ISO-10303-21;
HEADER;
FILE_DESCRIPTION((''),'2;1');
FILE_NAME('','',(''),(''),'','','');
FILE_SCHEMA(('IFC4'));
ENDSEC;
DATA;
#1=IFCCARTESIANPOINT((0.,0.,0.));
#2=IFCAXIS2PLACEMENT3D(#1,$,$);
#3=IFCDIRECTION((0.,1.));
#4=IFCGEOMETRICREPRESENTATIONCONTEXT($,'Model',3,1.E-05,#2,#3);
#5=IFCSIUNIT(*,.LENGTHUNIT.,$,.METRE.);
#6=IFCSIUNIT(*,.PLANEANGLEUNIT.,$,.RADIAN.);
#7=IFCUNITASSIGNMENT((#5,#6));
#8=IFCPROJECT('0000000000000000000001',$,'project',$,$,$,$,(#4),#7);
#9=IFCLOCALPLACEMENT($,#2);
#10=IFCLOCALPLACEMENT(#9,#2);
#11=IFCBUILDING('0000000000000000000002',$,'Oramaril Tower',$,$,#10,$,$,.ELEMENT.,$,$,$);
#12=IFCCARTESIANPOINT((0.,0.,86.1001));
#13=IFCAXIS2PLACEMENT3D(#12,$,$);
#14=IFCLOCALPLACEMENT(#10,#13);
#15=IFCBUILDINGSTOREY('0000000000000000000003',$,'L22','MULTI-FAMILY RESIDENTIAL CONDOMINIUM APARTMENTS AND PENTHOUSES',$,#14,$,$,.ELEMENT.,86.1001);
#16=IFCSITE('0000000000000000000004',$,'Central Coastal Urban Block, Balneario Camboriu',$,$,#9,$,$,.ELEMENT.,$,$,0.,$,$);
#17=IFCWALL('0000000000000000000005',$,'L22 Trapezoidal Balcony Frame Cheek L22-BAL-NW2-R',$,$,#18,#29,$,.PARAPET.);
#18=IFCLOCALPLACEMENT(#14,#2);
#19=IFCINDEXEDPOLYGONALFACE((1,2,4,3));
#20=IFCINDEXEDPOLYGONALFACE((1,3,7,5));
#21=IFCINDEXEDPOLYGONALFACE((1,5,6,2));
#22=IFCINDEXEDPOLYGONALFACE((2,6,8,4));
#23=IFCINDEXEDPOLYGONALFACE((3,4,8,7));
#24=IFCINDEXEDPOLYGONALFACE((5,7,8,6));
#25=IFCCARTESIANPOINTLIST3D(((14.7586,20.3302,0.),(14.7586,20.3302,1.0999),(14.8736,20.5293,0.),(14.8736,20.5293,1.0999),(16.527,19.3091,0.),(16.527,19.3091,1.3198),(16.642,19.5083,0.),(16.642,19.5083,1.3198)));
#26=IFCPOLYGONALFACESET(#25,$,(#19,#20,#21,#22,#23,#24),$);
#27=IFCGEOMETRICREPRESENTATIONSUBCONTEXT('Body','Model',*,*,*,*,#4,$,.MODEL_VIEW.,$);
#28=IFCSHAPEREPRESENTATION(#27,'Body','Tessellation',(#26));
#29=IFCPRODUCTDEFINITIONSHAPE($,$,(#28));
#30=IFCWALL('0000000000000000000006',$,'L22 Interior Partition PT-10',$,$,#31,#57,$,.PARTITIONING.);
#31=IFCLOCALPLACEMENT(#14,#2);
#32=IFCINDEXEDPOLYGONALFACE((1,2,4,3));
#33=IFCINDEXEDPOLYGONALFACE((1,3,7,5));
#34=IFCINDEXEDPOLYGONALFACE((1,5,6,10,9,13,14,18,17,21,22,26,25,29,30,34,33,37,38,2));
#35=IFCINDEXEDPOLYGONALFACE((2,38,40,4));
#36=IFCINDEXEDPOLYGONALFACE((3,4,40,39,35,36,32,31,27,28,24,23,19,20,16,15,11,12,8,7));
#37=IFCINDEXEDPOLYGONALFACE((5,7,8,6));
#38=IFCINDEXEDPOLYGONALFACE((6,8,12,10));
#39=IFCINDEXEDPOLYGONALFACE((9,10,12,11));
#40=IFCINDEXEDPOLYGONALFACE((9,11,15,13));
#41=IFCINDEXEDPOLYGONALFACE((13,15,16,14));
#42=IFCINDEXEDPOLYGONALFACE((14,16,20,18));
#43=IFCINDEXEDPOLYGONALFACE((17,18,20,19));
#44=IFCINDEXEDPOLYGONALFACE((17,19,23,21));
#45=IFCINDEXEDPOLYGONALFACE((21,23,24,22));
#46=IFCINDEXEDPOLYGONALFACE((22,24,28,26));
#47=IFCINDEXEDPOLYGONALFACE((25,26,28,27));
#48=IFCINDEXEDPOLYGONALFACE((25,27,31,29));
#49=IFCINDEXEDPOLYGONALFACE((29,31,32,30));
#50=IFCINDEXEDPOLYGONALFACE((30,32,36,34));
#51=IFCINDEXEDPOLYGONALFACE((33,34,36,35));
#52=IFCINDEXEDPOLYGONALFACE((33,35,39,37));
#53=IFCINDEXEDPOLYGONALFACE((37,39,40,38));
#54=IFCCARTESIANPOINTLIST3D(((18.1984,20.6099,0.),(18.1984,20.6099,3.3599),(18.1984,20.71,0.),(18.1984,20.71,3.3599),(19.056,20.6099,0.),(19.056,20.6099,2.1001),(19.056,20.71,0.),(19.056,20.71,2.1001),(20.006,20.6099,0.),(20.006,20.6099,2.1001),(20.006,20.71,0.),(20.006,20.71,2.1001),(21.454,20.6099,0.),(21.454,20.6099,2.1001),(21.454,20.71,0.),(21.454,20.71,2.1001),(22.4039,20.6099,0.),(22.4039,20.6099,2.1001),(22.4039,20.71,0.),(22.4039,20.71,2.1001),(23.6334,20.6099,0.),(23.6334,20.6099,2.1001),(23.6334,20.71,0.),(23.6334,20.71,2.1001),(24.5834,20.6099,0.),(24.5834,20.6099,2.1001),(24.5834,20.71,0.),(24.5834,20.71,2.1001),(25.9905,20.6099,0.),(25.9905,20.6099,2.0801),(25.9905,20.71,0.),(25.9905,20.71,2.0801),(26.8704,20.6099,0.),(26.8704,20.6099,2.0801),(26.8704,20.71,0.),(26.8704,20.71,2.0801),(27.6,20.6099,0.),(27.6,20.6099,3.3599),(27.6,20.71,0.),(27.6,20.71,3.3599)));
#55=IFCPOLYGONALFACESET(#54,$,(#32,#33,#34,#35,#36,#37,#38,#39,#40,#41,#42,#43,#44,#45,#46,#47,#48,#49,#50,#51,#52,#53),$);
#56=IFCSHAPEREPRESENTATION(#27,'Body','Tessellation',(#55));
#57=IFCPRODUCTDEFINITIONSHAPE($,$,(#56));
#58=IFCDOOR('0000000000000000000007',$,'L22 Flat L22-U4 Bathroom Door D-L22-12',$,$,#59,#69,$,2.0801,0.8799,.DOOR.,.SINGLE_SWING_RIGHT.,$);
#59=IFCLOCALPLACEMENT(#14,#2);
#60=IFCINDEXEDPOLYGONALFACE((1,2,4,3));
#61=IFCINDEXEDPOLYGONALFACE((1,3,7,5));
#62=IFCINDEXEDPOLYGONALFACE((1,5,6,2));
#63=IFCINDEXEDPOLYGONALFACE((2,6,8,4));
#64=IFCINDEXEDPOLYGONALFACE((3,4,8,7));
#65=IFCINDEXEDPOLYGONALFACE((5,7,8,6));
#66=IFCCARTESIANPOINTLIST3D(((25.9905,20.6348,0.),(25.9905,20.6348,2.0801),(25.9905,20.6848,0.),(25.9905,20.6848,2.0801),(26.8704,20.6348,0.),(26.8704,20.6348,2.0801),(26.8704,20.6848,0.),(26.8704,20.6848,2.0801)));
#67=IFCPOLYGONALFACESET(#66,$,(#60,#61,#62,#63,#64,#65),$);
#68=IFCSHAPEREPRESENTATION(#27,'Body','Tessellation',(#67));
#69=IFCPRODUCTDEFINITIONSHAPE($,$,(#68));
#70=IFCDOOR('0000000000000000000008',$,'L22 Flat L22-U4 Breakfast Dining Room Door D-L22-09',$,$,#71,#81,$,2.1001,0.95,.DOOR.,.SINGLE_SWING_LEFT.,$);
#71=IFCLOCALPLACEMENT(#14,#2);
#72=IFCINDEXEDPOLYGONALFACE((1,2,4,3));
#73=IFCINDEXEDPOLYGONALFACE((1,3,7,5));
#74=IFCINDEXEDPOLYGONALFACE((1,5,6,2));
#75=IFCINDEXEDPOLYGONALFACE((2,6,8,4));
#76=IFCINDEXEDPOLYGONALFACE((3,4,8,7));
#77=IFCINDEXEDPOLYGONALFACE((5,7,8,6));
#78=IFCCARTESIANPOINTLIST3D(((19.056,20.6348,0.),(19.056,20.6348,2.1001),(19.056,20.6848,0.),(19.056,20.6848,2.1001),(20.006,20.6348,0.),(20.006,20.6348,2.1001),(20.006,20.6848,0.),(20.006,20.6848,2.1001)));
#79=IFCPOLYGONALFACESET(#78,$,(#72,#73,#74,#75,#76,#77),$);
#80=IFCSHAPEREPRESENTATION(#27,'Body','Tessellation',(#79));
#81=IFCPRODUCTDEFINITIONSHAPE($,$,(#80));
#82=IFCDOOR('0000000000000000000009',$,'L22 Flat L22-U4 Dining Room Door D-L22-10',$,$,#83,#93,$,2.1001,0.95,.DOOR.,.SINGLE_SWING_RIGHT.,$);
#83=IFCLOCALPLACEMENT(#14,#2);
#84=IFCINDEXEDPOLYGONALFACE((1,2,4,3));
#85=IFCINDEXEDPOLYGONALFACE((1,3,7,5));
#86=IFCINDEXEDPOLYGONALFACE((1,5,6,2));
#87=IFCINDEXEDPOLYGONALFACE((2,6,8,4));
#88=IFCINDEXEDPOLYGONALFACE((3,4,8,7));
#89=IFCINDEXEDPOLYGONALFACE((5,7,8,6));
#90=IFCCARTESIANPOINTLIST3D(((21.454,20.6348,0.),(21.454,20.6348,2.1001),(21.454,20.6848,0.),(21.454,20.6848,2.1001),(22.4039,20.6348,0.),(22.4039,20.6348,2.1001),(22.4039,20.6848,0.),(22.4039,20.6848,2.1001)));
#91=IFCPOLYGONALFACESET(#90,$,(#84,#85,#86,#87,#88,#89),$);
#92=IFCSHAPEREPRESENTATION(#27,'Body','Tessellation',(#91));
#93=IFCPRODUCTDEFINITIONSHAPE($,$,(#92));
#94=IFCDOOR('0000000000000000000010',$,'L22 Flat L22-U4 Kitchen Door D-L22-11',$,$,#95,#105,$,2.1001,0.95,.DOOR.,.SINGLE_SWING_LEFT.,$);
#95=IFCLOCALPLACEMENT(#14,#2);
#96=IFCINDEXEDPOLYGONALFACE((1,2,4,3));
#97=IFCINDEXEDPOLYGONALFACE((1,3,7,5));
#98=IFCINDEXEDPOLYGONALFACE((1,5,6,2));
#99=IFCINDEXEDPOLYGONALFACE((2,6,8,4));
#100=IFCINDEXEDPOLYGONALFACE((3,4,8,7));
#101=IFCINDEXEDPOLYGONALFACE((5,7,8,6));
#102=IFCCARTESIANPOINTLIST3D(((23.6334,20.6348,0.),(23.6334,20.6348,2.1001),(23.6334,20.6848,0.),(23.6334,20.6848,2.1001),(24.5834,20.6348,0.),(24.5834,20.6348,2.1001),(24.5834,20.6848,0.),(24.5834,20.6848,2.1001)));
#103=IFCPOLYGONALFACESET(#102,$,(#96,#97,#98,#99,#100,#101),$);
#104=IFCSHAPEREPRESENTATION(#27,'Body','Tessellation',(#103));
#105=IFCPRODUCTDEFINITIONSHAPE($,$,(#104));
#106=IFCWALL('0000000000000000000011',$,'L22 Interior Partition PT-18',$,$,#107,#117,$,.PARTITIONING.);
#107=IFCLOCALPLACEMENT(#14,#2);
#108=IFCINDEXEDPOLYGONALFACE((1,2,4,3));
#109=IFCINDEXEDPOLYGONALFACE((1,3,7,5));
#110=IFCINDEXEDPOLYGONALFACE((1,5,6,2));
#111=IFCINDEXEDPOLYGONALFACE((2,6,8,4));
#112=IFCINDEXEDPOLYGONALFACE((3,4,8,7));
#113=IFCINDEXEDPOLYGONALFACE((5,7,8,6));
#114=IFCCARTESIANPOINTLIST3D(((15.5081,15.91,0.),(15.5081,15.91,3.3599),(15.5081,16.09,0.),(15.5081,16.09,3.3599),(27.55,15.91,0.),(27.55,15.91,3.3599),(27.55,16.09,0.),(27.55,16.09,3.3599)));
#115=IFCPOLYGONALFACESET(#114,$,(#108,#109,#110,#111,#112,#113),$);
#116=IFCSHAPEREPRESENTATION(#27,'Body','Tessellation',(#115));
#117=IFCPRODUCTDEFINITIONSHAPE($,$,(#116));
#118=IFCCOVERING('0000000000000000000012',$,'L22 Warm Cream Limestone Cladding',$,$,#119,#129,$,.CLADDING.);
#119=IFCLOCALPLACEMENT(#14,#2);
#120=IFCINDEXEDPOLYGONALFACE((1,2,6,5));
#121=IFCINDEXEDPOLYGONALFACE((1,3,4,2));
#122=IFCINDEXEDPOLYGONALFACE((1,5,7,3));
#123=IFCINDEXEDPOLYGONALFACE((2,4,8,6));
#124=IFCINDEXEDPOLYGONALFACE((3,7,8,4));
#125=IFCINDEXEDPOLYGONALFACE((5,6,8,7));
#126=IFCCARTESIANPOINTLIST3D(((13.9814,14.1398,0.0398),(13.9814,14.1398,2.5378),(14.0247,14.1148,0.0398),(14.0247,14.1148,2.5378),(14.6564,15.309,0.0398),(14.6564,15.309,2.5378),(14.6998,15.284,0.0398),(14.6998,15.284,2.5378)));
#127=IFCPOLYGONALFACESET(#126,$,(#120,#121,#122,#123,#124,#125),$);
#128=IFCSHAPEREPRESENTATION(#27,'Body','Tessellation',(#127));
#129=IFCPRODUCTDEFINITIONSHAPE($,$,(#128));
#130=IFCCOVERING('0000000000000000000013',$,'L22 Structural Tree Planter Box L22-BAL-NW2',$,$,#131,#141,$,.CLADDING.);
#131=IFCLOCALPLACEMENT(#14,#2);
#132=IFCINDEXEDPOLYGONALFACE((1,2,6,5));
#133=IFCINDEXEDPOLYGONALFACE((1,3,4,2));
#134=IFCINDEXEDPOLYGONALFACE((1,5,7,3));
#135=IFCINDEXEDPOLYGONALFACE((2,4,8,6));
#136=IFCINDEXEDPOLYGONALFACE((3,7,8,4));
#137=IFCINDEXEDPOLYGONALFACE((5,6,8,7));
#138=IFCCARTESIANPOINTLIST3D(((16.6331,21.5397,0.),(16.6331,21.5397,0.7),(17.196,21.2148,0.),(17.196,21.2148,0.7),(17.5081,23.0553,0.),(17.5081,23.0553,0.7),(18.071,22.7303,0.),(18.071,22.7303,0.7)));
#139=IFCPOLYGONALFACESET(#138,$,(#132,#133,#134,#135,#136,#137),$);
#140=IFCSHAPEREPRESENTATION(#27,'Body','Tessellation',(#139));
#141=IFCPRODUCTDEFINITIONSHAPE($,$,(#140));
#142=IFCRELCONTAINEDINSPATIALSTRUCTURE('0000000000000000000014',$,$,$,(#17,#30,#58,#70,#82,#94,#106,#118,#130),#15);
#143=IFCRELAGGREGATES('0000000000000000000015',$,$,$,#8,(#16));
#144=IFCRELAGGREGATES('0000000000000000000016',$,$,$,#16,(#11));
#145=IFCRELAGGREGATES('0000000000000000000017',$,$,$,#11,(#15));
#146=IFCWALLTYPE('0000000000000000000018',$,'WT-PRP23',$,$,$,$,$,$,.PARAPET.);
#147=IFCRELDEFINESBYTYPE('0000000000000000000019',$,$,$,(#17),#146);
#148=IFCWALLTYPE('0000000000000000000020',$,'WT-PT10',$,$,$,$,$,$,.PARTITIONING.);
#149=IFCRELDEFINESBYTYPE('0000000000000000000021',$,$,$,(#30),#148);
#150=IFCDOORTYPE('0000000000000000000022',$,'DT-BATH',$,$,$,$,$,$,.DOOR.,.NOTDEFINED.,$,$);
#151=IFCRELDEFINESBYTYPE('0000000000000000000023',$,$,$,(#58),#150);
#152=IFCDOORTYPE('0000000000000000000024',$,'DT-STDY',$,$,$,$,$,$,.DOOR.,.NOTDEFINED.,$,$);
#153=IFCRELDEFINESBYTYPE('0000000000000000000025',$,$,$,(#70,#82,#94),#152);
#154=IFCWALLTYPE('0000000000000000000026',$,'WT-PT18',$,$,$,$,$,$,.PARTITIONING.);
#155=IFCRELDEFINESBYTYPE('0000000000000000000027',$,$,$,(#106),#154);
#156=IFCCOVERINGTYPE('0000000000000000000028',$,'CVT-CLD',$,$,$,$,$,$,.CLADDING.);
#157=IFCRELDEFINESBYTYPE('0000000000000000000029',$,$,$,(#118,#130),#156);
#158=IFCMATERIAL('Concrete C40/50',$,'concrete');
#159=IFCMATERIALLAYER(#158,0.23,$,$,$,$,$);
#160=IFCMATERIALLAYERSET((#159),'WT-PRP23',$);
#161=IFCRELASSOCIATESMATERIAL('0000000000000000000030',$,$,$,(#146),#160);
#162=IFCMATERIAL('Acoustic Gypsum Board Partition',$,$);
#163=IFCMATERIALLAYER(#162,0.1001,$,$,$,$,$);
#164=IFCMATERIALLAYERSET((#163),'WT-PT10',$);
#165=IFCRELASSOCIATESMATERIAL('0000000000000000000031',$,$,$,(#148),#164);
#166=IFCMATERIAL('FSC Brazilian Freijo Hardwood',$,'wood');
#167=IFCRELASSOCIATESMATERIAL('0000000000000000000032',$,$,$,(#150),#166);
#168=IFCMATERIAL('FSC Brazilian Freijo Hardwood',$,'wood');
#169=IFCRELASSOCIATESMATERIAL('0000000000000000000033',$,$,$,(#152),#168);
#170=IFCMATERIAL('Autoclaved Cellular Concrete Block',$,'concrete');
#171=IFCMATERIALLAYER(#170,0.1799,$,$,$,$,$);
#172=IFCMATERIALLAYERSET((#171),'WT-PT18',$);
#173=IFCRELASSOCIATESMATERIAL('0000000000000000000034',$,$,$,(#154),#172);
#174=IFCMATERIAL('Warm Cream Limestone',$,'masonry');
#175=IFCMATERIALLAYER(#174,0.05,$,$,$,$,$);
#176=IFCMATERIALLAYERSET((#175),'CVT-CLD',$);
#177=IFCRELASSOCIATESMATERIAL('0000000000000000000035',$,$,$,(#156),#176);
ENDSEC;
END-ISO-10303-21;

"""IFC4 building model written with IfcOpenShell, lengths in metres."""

from ifc_helpers import new_model, si_unit, direction, frame, frame_2d, origin, origin_2d, place, context, subcontext, project, spatial, polyline, rectangle, outline, extrude, material, layer, layer_set, type_object, element, fill, save


model = new_model("IFC4")

# Units and contexts
model_context = context("Model", 3, precision=1e-05, world=origin(), true_north=direction((0.0, 1.0)))
body_context = subcontext(model_context, "Body", "Model", "MODEL_VIEW")
ifc_project = project(units=[si_unit("LENGTHUNIT", "METRE"), si_unit("PLANEANGLEUNIT", "RADIAN")], contexts=[model_context])

# Site, building, storey
site_placement = place(None, origin())
site = spatial("IfcSite", under=ifc_project, at=site_placement, Name="Central Coastal Urban Block, Balneario Camboriu", CompositionType="ELEMENT", RefElevation=0.0)
building_placement = place(site_placement, origin())
building = spatial("IfcBuilding", under=site, at=building_placement, Name="Oramaril Tower", CompositionType="ELEMENT")
storey_placement = place(building_placement, frame((0.0, 0.0, 86.1001)))
storey = spatial("IfcBuildingStorey", under=building, at=storey_placement, Name="L22", Description="MULTI-FAMILY RESIDENTIAL CONDOMINIUM APARTMENTS AND PENTHOUSES", CompositionType="ELEMENT", Elevation=86.1001)

# Wall
ifc_material_1 = material(Name="Concrete C40/50", Category="concrete")
ifc_layer_1 = layer(ifc_material_1, 0.23)
ifc_layer_set_1 = layer_set([ifc_layer_1], Name="WT-PRP23")
wall_type_1 = type_object("IfcWallType", Name="WT-PRP23", PredefinedType="PARAPET", material=ifc_layer_set_1)
wall_1_placement = place(storey_placement, frame((16.5845, 19.4087, 0.0), z_axis=(0.0, 0.0, 1.0), x_axis=(-0.866012, 0.500023, 0.0)))
element("IfcWall", 1, at=wall_1_placement, inside=storey, type_object=wall_type_1, Name="L22 Trapezoidal Balcony Frame Cheek L22-BAL-NW2-R", PredefinedType="PARAPET", context=body_context, shape_type="SweptSolid", body=[
    extrude(outline(polyline([(0.0, 0.0), (2.042, 0.0), (2.042, 1.0999), (0.0, 1.3198), (0.0, 0.0)])), frame((0.0, 0.115, 0.0), z_axis=(0.0, -1.0, 0.0), x_axis=(1.0, 0.0, 0.0)), (0.0, 0.0, 1.0), 0.23),
])

# Wall, openings, doors
ifc_material_2 = material(Name="Acoustic Gypsum Board Partition")
ifc_layer_2 = layer(ifc_material_2, 0.1001)
ifc_layer_set_2 = layer_set([ifc_layer_2], Name="WT-PT10")
wall_type_2 = type_object("IfcWallType", Name="WT-PT10", PredefinedType="PARTITIONING", material=ifc_layer_set_2)
wall_2_placement = place(storey_placement, frame((18.1985, 20.6599, 0.0), z_axis=(0.0, 0.0, 1.0), x_axis=(1.0, 0.0, 0.0)))
wall_2 = element("IfcWall", 2, at=wall_2_placement, inside=storey, type_object=wall_type_2, Name="L22 Interior Partition PT-10", PredefinedType="PARTITIONING", context=body_context, shape_type="SweptSolid", body=[
    extrude(rectangle(XDim=9.4016, YDim=0.1001, at=frame_2d((4.7007, 0.0))), origin(), (0.0, 0.0, 1.0), 3.3599),
])
opening_1_placement = place(wall_2_placement, frame((0.8574, 0.0, 0.0)))
opening_1 = element("IfcOpeningElement", 3, at=opening_1_placement, cuts=wall_2, PredefinedType="OPENING", context=body_context, shape_type="SweptSolid", body=[
    extrude(rectangle(XDim=0.95, YDim=2.1001, at=frame_2d((0.4751, 1.05))), frame((0.0, 0.05, 0.0), z_axis=(0.0, -1.0, 0.0), x_axis=(1.0, 0.0, 0.0)), (0.0, 0.0, 1.0), 0.1001),
])
opening_2_placement = place(wall_2_placement, frame((3.2554, 0.0, 0.0)))
opening_2 = element("IfcOpeningElement", 4, at=opening_2_placement, cuts=wall_2, PredefinedType="OPENING", context=body_context, shape_type="SweptSolid", body=[
    extrude(rectangle(XDim=0.95, YDim=2.1001, at=frame_2d((0.4751, 1.05))), frame((0.0, 0.05, 0.0), z_axis=(0.0, -1.0, 0.0), x_axis=(1.0, 0.0, 0.0)), (0.0, 0.0, 1.0), 0.1001),
])
opening_3_placement = place(wall_2_placement, frame((5.4348, 0.0, 0.0)))
opening_3 = element("IfcOpeningElement", 5, at=opening_3_placement, cuts=wall_2, PredefinedType="OPENING", context=body_context, shape_type="SweptSolid", body=[
    extrude(rectangle(XDim=0.95, YDim=2.1001, at=frame_2d((0.4751, 1.05))), frame((0.0, 0.05, 0.0), z_axis=(0.0, -1.0, 0.0), x_axis=(1.0, 0.0, 0.0)), (0.0, 0.0, 1.0), 0.1001),
])
opening_4_placement = place(wall_2_placement, frame((7.792, 0.0, 0.0)))
opening_4 = element("IfcOpeningElement", 6, at=opening_4_placement, cuts=wall_2, PredefinedType="OPENING", context=body_context, shape_type="SweptSolid", body=[
    extrude(rectangle(XDim=0.8799, YDim=2.0801, at=frame_2d((0.4399, 1.04))), frame((0.0, 0.05, 0.0), z_axis=(0.0, -1.0, 0.0), x_axis=(1.0, 0.0, 0.0)), (0.0, 0.0, 1.0), 0.1001),
])
ifc_material_3 = material(Name="FSC Brazilian Freijo Hardwood", Category="wood")
door_type_1 = type_object("IfcDoorType", Name="DT-BATH", OperationType="NOTDEFINED", PredefinedType="DOOR", material=ifc_material_3)
door_1_placement = place(opening_4_placement, origin())
door_1 = element("IfcDoor", 7, at=door_1_placement, inside=storey, type_object=door_type_1, Name="L22 Flat L22-U4 Bathroom Door D-L22-12", OperationType="SINGLE_SWING_RIGHT", OverallHeight=2.0801, OverallWidth=0.8799, PredefinedType="DOOR", context=body_context, shape_type="SweptSolid", body=[
    extrude(rectangle(XDim=0.8799, YDim=2.0801, at=frame_2d((0.4399, 1.04))), frame((0.0, 0.0249, 0.0), z_axis=(0.0, -1.0, 0.0), x_axis=(1.0, 0.0, 0.0)), (0.0, 0.0, 1.0), 0.05),
])
fill(opening_4, door_1)
ifc_material_4 = material(Name="FSC Brazilian Freijo Hardwood", Category="wood")
door_type_2 = type_object("IfcDoorType", Name="DT-STDY", OperationType="NOTDEFINED", PredefinedType="DOOR", material=ifc_material_4)
door_2_placement = place(opening_1_placement, origin())
door_2 = element("IfcDoor", 8, at=door_2_placement, inside=storey, type_object=door_type_2, Name="L22 Flat L22-U4 Breakfast Dining Room Door D-L22-09", OperationType="SINGLE_SWING_LEFT", OverallHeight=2.1001, OverallWidth=0.95, PredefinedType="DOOR", context=body_context, shape_type="SweptSolid", body=[
    extrude(rectangle(XDim=0.95, YDim=2.1001, at=frame_2d((0.4751, 1.05))), frame((0.0, 0.0249, 0.0), z_axis=(0.0, -1.0, 0.0), x_axis=(1.0, 0.0, 0.0)), (0.0, 0.0, 1.0), 0.05),
])
fill(opening_1, door_2)
door_3_placement = place(opening_2_placement, origin())
door_3 = element("IfcDoor", 9, at=door_3_placement, inside=storey, type_object=door_type_2, Name="L22 Flat L22-U4 Dining Room Door D-L22-10", OperationType="SINGLE_SWING_RIGHT", OverallHeight=2.1001, OverallWidth=0.95, PredefinedType="DOOR", context=body_context, shape_type="SweptSolid", body=[
    extrude(rectangle(XDim=0.95, YDim=2.1001, at=frame_2d((0.4751, 1.05))), frame((0.0, 0.0249, 0.0), z_axis=(0.0, -1.0, 0.0), x_axis=(1.0, 0.0, 0.0)), (0.0, 0.0, 1.0), 0.05),
])
fill(opening_2, door_3)
door_4_placement = place(opening_3_placement, origin())
door_4 = element("IfcDoor", 10, at=door_4_placement, inside=storey, type_object=door_type_2, Name="L22 Flat L22-U4 Kitchen Door D-L22-11", OperationType="SINGLE_SWING_LEFT", OverallHeight=2.1001, OverallWidth=0.95, PredefinedType="DOOR", context=body_context, shape_type="SweptSolid", body=[
    extrude(rectangle(XDim=0.95, YDim=2.1001, at=frame_2d((0.4751, 1.05))), frame((0.0, 0.0249, 0.0), z_axis=(0.0, -1.0, 0.0), x_axis=(1.0, 0.0, 0.0)), (0.0, 0.0, 1.0), 0.05),
])
fill(opening_3, door_4)

# Wall
ifc_material_5 = material(Name="Autoclaved Cellular Concrete Block", Category="concrete")
ifc_layer_3 = layer(ifc_material_5, 0.1799)
ifc_layer_set_3 = layer_set([ifc_layer_3], Name="WT-PT18")
wall_type_3 = type_object("IfcWallType", Name="WT-PT18", PredefinedType="PARTITIONING", material=ifc_layer_set_3)
wall_3_placement = place(storey_placement, frame((15.5081, 16.0, 0.0), z_axis=(0.0, 0.0, 1.0), x_axis=(1.0, 0.0, 0.0)))
element("IfcWall", 11, at=wall_3_placement, inside=storey, type_object=wall_type_3, Name="L22 Interior Partition PT-18", PredefinedType="PARTITIONING", context=body_context, shape_type="SweptSolid", body=[
    extrude(rectangle(XDim=12.042, YDim=0.1799, at=frame_2d((6.021, 0.0))), origin(), (0.0, 0.0, 1.0), 3.3599),
])

# Coverings
ifc_material_6 = material(Name="Warm Cream Limestone", Category="masonry")
ifc_layer_4 = layer(ifc_material_6, 0.05)
ifc_layer_set_4 = layer_set([ifc_layer_4], Name="CVT-CLD")
covering_type = type_object("IfcCoveringType", Name="CVT-CLD", PredefinedType="CLADDING", material=ifc_layer_set_4)
covering_1_placement = place(storey_placement, frame((14.3406, 14.7119, 0.0398), z_axis=(0.0, 0.0, 1.0), x_axis=(-0.5, -0.866025, 0.0)))
element("IfcCovering", 12, at=covering_1_placement, inside=storey, type_object=covering_type, Name="L22 Warm Cream Limestone Cladding", PredefinedType="CLADDING", context=body_context, shape_type="SweptSolid", body=[
    extrude(rectangle(XDim=1.3501, YDim=0.05, at=origin_2d()), origin(), (0.0, 0.0, 1.0), 2.498),
])
covering_2_placement = place(storey_placement, frame((17.3521, 22.135, 0.0), z_axis=(0.0, 0.0, 1.0), x_axis=(-0.500002, -0.866025, 0.0)))
element("IfcCovering", 13, at=covering_2_placement, inside=storey, type_object=covering_type, Name="L22 Structural Tree Planter Box L22-BAL-NW2", PredefinedType="CLADDING", context=body_context, shape_type="SweptSolid", body=[
    extrude(rectangle(XDim=1.75, YDim=0.6499, at=origin_2d()), origin(), (0.0, 0.0, 1.0), 0.7),
])

save(model, "model.ifc")
